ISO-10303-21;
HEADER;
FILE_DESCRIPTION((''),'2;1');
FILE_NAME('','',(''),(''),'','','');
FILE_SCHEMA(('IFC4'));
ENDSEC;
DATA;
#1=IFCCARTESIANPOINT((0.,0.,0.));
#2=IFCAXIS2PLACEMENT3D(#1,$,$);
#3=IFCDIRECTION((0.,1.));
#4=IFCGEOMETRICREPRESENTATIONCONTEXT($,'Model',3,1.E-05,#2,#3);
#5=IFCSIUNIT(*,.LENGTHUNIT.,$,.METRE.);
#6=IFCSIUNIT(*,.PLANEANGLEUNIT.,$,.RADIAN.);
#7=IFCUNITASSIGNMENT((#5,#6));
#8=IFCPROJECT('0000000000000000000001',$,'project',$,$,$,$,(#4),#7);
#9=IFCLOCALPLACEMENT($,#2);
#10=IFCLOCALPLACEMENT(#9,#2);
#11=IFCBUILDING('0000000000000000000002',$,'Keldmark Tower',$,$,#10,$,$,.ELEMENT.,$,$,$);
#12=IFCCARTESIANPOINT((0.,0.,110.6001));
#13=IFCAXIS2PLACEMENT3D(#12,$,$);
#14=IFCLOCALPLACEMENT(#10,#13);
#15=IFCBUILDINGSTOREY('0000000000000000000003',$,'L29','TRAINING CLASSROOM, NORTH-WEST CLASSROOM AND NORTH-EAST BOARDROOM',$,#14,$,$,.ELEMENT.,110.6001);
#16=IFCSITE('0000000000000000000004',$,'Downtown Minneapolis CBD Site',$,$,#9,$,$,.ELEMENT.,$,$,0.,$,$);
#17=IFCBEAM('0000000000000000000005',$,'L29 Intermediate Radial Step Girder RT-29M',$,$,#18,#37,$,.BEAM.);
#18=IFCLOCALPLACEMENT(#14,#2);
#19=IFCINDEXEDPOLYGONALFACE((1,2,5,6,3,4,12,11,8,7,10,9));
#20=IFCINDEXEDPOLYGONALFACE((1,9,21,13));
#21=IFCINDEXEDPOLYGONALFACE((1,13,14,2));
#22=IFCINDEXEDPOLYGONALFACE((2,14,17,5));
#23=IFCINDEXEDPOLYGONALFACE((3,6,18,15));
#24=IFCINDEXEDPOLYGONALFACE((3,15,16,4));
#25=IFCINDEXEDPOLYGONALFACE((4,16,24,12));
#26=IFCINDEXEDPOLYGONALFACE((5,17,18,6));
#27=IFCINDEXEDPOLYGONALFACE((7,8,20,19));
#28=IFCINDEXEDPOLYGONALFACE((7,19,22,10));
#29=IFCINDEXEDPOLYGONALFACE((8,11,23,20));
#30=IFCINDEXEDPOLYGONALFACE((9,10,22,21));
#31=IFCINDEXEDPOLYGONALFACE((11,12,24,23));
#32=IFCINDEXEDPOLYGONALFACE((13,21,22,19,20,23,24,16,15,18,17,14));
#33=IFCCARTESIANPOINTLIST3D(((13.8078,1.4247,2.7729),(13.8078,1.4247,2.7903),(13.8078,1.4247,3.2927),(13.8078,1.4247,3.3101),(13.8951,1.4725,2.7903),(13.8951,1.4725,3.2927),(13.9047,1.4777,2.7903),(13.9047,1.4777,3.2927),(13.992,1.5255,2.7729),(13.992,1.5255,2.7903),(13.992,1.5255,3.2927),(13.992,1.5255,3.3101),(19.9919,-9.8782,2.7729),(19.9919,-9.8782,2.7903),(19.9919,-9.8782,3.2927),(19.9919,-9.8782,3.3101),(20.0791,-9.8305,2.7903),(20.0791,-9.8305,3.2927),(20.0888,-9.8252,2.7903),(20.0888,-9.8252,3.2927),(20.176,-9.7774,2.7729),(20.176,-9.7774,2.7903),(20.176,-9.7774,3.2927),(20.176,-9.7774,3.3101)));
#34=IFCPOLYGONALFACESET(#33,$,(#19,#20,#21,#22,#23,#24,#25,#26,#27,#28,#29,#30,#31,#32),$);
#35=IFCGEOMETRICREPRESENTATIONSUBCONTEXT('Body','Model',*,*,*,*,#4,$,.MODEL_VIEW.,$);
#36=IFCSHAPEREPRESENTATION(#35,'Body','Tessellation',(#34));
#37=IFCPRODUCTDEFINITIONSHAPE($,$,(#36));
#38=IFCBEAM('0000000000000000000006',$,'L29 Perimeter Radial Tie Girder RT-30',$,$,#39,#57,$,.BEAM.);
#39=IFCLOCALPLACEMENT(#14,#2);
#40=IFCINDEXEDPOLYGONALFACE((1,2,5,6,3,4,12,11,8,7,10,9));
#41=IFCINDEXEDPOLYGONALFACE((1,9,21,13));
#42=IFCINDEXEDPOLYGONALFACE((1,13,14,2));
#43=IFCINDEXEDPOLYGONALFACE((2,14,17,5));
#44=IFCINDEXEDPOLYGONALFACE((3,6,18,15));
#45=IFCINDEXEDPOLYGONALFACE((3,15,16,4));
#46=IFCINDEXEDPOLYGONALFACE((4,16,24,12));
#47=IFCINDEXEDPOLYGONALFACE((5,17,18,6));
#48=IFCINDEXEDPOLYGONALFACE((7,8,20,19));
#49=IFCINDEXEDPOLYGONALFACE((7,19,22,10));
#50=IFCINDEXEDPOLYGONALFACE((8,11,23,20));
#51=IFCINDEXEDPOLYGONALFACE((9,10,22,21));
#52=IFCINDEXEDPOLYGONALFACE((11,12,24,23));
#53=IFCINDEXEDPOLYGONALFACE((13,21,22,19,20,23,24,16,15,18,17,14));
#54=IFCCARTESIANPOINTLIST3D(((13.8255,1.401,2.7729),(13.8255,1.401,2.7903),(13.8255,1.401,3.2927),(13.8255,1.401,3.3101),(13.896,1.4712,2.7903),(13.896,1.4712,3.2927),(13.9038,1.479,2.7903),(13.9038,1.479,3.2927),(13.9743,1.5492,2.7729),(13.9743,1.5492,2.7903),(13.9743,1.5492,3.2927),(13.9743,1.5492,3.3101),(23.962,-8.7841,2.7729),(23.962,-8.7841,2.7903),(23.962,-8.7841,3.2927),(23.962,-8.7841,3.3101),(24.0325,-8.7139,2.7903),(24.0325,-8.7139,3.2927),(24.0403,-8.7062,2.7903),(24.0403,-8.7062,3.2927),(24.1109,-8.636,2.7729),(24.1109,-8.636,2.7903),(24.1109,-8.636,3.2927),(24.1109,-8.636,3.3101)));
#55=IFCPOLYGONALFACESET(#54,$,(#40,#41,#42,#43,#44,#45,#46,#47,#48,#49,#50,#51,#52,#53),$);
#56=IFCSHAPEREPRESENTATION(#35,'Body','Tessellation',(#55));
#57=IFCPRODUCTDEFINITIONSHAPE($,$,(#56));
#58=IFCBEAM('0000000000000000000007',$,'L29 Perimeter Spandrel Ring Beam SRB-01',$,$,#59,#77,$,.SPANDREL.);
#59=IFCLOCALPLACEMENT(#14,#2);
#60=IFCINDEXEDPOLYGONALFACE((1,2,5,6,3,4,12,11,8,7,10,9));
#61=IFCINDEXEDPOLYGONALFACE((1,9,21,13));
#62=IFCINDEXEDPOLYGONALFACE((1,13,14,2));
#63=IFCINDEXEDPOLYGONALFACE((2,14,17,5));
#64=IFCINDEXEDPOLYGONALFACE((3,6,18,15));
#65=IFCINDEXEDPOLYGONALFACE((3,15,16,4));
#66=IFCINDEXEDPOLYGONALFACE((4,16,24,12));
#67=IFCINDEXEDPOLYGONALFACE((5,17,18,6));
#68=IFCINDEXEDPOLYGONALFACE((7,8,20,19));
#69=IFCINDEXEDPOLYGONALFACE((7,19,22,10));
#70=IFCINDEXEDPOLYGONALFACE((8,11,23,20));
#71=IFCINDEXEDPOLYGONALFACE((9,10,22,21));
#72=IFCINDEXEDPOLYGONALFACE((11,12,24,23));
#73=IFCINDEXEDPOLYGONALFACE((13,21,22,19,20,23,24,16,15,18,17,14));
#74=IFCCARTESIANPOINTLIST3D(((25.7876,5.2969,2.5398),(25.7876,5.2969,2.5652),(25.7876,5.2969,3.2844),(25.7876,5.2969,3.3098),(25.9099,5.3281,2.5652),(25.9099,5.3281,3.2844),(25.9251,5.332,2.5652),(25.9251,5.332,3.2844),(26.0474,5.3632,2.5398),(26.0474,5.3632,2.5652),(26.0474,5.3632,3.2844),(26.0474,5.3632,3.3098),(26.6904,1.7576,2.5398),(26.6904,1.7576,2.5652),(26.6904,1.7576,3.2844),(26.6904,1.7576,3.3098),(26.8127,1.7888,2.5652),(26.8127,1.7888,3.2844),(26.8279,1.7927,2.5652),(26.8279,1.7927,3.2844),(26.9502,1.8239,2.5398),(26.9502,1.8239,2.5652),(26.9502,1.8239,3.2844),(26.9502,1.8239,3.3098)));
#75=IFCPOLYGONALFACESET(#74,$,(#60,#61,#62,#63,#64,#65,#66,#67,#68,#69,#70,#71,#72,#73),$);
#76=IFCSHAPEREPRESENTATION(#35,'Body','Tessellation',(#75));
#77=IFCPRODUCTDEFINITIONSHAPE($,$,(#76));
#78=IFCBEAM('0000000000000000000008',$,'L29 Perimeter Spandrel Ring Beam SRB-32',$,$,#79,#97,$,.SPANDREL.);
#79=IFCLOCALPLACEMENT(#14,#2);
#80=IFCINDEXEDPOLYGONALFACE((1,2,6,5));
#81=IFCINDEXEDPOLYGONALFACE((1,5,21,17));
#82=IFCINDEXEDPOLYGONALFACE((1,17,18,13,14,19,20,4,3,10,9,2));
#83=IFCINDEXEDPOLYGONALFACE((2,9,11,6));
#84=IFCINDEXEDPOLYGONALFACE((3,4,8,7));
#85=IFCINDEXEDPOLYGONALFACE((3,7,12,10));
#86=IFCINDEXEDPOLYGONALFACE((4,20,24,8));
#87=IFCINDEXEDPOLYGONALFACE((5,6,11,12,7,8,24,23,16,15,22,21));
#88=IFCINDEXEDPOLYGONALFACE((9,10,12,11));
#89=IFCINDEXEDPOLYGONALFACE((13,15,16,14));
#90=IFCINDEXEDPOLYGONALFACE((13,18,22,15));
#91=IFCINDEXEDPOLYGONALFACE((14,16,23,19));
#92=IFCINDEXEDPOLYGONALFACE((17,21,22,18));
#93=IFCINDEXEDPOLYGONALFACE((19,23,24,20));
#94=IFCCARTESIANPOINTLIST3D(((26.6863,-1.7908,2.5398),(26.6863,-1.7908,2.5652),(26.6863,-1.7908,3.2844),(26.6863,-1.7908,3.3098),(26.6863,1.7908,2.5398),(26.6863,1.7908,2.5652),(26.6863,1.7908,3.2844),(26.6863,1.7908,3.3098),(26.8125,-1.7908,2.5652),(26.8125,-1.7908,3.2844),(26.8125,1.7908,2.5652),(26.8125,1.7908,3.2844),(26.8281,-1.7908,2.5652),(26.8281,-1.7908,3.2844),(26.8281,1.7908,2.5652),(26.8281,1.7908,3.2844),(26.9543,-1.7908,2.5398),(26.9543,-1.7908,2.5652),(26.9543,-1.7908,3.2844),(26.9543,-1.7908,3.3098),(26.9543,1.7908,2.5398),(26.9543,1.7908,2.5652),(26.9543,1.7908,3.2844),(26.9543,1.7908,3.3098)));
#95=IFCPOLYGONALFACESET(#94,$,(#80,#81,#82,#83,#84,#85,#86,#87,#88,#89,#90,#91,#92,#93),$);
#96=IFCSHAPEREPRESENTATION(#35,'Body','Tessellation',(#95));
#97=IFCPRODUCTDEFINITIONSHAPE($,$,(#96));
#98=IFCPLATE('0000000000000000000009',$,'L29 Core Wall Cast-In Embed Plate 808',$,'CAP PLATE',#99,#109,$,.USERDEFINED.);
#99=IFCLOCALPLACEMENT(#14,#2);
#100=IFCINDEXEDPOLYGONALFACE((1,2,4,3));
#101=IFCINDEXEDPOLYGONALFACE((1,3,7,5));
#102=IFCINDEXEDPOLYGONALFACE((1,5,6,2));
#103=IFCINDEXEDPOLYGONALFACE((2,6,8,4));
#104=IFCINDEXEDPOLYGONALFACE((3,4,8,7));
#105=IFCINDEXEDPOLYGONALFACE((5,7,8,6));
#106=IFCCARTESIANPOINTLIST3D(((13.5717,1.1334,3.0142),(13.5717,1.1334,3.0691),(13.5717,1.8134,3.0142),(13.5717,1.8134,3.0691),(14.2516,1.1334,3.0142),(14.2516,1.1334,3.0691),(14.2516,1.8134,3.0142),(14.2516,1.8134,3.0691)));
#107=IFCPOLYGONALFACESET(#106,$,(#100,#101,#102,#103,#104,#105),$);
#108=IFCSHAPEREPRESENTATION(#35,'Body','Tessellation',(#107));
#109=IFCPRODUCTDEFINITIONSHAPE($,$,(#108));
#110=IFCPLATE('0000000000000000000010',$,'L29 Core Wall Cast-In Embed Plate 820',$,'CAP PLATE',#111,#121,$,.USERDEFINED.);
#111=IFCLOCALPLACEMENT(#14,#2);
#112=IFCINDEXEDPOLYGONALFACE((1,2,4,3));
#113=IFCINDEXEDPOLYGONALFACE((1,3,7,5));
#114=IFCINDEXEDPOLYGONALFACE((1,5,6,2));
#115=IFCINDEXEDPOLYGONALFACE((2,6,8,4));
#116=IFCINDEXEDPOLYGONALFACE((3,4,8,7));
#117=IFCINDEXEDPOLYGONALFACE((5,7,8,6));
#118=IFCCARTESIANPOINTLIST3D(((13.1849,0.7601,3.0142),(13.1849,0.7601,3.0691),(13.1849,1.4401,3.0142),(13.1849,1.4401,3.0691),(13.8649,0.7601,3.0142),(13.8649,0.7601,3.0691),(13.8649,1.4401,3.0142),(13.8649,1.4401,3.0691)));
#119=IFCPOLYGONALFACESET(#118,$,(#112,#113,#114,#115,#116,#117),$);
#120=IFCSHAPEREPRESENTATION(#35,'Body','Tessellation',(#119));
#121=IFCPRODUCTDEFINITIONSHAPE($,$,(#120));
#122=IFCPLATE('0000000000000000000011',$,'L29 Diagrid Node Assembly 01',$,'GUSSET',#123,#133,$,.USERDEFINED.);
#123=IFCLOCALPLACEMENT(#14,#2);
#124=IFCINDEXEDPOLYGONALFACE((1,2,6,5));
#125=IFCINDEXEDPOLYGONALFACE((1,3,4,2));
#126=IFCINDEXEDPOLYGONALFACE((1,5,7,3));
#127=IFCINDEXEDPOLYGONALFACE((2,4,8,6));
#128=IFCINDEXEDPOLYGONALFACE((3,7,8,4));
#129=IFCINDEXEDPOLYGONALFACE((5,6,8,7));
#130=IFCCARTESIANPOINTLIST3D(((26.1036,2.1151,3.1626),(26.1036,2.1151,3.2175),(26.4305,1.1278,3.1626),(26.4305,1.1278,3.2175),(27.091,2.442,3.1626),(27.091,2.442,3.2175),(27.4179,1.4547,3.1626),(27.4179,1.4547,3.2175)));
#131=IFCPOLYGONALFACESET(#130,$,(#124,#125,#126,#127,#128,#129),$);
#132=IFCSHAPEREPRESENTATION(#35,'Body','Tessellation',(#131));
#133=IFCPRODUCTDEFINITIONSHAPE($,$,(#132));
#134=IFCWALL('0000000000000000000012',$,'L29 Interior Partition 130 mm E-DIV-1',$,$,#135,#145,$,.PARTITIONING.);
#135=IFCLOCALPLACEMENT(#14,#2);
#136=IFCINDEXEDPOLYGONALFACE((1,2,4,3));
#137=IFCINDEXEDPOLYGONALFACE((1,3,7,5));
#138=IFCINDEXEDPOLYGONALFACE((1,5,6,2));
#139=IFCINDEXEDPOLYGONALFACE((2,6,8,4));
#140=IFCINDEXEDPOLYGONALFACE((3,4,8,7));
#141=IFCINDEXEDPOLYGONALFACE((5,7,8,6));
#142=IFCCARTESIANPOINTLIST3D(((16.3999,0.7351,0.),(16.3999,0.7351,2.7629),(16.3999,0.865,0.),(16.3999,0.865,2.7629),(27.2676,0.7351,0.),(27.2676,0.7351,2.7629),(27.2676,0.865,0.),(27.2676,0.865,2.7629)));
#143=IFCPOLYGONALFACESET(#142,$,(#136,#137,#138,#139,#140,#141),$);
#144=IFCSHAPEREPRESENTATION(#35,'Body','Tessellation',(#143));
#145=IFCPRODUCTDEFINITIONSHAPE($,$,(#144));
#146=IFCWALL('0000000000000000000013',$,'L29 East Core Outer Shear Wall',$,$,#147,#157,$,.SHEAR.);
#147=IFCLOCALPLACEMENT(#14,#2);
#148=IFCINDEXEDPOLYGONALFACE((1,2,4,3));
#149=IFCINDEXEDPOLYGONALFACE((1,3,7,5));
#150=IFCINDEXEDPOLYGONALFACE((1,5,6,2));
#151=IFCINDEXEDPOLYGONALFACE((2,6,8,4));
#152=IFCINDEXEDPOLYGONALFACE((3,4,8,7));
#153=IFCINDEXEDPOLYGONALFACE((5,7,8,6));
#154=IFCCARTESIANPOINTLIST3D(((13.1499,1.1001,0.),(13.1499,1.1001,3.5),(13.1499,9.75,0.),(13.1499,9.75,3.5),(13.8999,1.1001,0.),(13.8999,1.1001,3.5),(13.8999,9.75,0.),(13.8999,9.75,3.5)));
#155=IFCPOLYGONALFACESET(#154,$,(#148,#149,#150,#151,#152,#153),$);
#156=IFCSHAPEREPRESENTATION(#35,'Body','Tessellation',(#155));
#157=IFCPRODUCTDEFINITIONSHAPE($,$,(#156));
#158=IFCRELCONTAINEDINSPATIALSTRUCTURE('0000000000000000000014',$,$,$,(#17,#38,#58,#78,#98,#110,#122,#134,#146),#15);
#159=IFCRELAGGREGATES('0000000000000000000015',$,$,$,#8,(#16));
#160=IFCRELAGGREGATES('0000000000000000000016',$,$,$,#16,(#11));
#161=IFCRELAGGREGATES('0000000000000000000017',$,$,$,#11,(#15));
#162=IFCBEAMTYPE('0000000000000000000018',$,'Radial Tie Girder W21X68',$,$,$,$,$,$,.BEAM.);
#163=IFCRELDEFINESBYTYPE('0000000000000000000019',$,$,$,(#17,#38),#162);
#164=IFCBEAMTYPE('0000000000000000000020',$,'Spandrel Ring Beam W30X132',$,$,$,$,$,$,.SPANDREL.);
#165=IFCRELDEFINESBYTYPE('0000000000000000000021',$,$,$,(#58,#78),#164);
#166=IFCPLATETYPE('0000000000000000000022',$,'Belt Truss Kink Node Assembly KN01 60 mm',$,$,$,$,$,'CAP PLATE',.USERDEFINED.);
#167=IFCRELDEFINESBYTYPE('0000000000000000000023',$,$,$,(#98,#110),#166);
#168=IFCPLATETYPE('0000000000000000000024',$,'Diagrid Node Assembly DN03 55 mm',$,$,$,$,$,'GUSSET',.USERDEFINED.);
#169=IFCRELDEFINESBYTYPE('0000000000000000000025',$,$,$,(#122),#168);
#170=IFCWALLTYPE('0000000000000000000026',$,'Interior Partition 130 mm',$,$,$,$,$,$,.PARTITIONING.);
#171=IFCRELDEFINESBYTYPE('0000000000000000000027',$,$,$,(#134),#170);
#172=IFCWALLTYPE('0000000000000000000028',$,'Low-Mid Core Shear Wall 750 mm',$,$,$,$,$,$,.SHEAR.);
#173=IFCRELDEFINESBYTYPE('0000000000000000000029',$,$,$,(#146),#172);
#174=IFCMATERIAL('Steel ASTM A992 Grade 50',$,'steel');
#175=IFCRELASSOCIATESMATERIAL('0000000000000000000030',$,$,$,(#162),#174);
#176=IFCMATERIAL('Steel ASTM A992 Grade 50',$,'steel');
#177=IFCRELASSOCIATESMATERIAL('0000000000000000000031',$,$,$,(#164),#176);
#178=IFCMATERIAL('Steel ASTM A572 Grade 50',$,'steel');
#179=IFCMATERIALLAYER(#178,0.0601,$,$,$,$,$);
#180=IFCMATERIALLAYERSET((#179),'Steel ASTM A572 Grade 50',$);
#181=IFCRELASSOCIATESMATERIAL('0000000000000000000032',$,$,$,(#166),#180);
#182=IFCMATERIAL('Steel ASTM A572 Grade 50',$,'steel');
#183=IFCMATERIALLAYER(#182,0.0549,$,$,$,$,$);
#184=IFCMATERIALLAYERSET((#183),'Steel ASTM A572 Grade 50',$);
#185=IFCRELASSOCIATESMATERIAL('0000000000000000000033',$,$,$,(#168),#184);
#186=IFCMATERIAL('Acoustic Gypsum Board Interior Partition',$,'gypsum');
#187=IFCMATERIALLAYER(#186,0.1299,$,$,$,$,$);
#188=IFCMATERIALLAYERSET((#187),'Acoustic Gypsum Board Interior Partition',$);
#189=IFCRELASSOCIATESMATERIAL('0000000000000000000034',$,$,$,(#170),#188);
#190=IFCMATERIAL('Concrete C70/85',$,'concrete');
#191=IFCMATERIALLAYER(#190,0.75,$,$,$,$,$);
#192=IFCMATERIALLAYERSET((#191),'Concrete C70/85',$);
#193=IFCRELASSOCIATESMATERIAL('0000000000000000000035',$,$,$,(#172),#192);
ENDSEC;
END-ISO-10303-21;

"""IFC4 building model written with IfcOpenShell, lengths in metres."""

from ifc_helpers import new_model, si_unit, direction, frame, frame_2d, origin, origin_2d, place, context, subcontext, project, spatial, rectangle, i_section, extrude, material, layer, layer_set, material_profile, profile_set, type_object, element, save


model = new_model("IFC4")

# Units and contexts
model_context = context("Model", 3, precision=1e-05, world=origin(), true_north=direction((0.0, 1.0)))
body_context = subcontext(model_context, "Body", "Model", "MODEL_VIEW")
ifc_project = project(units=[si_unit("LENGTHUNIT", "METRE"), si_unit("PLANEANGLEUNIT", "RADIAN")], contexts=[model_context])

# Site, building, storey
site_placement = place(None, origin())
site = spatial("IfcSite", under=ifc_project, at=site_placement, Name="Downtown Minneapolis CBD Site", CompositionType="ELEMENT", RefElevation=0.0)
building_placement = place(site_placement, origin())
building = spatial("IfcBuilding", under=site, at=building_placement, Name="Keldmark Tower", CompositionType="ELEMENT")
storey_placement = place(building_placement, frame((0.0, 0.0, 110.6001)))
storey = spatial("IfcBuildingStorey", under=building, at=storey_placement, Name="L29", Description="TRAINING CLASSROOM, NORTH-WEST CLASSROOM AND NORTH-EAST BOARDROOM", CompositionType="ELEMENT", Elevation=110.6001)

# Beams
ifc_material_1 = material(Name="Steel ASTM A992 Grade 50", Category="steel")
ifc_material_profile_1 = material_profile(ifc_material_1, i_section(OverallWidth=0.21, OverallDepth=0.5371, WebThickness=0.011, FlangeThickness=0.0173, at=origin_2d()), Name="W21X68")
ifc_profile_set_1 = profile_set([ifc_material_profile_1], Name="Steel ASTM A992 Grade 50")
beam_type_1 = type_object("IfcBeamType", Name="Radial Tie Girder W21X68", PredefinedType="BEAM", material=ifc_profile_set_1)
beam_1_placement = place(storey_placement, frame((13.8999, 1.4751, 3.0415), z_axis=(0.479978, -0.877281, 0.0), x_axis=(0.877281, 0.479978, 0.0)))
element("IfcBeam", 1, at=beam_1_placement, inside=storey, type_object=beam_type_1, Name="L29 Intermediate Radial Step Girder RT-29M", PredefinedType="BEAM", context=body_context, shape_type="SweptSolid", body=[
    extrude(i_section(OverallWidth=0.21, OverallDepth=0.5371, WebThickness=0.011, FlangeThickness=0.0173, at=origin_2d()), origin(), (0.0, 0.0, 1.0), 12.884),
])
beam_2_placement = place(storey_placement, frame((13.8999, 1.4751, 3.0415), z_axis=(0.705414, -0.708795, 0.0), x_axis=(0.708795, 0.705414, 0.0)))
element("IfcBeam", 2, at=beam_2_placement, inside=storey, type_object=beam_type_1, Name="L29 Perimeter Radial Tie Girder RT-30", PredefinedType="BEAM", context=body_context, shape_type="SweptSolid", body=[
    extrude(i_section(OverallWidth=0.21, OverallDepth=0.5371, WebThickness=0.011, FlangeThickness=0.0173, at=origin_2d()), origin(), (0.0, 0.0, 1.0), 14.3696),
])
ifc_material_2 = material(Name="Steel ASTM A992 Grade 50", Category="steel")
ifc_material_profile_2 = material_profile(ifc_material_2, i_section(OverallWidth=0.2681, OverallDepth=0.77, WebThickness=0.0156, FlangeThickness=0.0254, at=origin_2d()), Name="W30X132")
ifc_profile_set_2 = profile_set([ifc_material_profile_2], Name="Steel ASTM A992 Grade 50")
beam_type_2 = type_object("IfcBeamType", Name="Spandrel Ring Beam W30X132", PredefinedType="SPANDREL", material=ifc_profile_set_2)
beam_3_placement = place(storey_placement, frame((26.8203, 1.7908, 2.9248), z_axis=(-0.247172, 0.968972, 0.0), x_axis=(-0.968972, -0.247172, 0.0)))
element("IfcBeam", 3, at=beam_3_placement, inside=storey, type_object=beam_type_2, Name="L29 Perimeter Spandrel Ring Beam SRB-01", PredefinedType="SPANDREL", context=body_context, shape_type="SweptSolid", body=[
    extrude(i_section(OverallWidth=0.2681, OverallDepth=0.77, WebThickness=0.0156, FlangeThickness=0.0254, at=origin_2d()), origin(), (0.0, 0.0, 1.0), 3.6526),
])
beam_4_placement = place(storey_placement, frame((26.8203, -1.7908, 2.9248), z_axis=(0.0, 1.0, 0.0), x_axis=(-1.0, 0.0, 0.0)))
element("IfcBeam", 4, at=beam_4_placement, inside=storey, type_object=beam_type_2, Name="L29 Perimeter Spandrel Ring Beam SRB-32", PredefinedType="SPANDREL", context=body_context, shape_type="SweptSolid", body=[
    extrude(i_section(OverallWidth=0.2681, OverallDepth=0.77, WebThickness=0.0156, FlangeThickness=0.0254, at=origin_2d()), origin(), (0.0, 0.0, 1.0), 3.5815),
])

# Plates
ifc_material_3 = material(Name="Steel ASTM A572 Grade 50", Category="steel")
ifc_layer_1 = layer(ifc_material_3, 0.0601)
ifc_layer_set_1 = layer_set([ifc_layer_1], Name="Steel ASTM A572 Grade 50")
plate_type_1 = type_object("IfcPlateType", Name="Belt Truss Kink Node Assembly KN01 60 mm", ElementType="CAP PLATE", PredefinedType="USERDEFINED", material=ifc_layer_set_1)
for number, where, z_axis, x_axis, name in (
    (5, (13.9116, 1.4734, 3.0142), (0.0, 0.0, 1.0), (1.0, 0.0, 0.0), "L29 Core Wall Cast-In Embed Plate 808"),
    (6, (13.5249, 1.1001, 3.0142), (0.0, 0.0, 1.0), (1.0, 0.0, 0.0), "L29 Core Wall Cast-In Embed Plate 820"),
):
    element("IfcPlate", number, at=place(storey_placement, frame(where, z_axis=z_axis, x_axis=x_axis)), inside=storey, type_object=plate_type_1, Name=name, ObjectType="CAP PLATE", PredefinedType="USERDEFINED", context=body_context, shape_type="SweptSolid", body=[
        extrude(rectangle(XDim=0.6799, YDim=0.6799, at=origin_2d()), origin(), (0.0, 0.0, 1.0), 0.0549),
    ])
ifc_material_4 = material(Name="Steel ASTM A572 Grade 50", Category="steel")
ifc_layer_2 = layer(ifc_material_4, 0.0549)
ifc_layer_set_2 = layer_set([ifc_layer_2], Name="Steel ASTM A572 Grade 50")
plate_type_2 = type_object("IfcPlateType", Name="Diagrid Node Assembly DN03 55 mm", ElementType="GUSSET", PredefinedType="USERDEFINED", material=ifc_layer_set_2)
plate_placement = place(storey_placement, frame((26.7607, 1.7849, 3.1626), z_axis=(0.0, 0.0, 1.0), x_axis=(-0.314324, 0.949316, 0.0)))
element("IfcPlate", 7, at=plate_placement, inside=storey, type_object=plate_type_2, Name="L29 Diagrid Node Assembly 01", ObjectType="GUSSET", PredefinedType="USERDEFINED", context=body_context, shape_type="SweptSolid", body=[
    extrude(rectangle(XDim=1.04, YDim=1.04, at=origin_2d()), origin(), (0.0, 0.0, 1.0), 0.0549),
])

# Walls
ifc_material_5 = material(Name="Acoustic Gypsum Board Interior Partition", Category="gypsum")
ifc_layer_3 = layer(ifc_material_5, 0.1299)
ifc_layer_set_3 = layer_set([ifc_layer_3], Name="Acoustic Gypsum Board Interior Partition")
wall_type_1 = type_object("IfcWallType", Name="Interior Partition 130 mm", PredefinedType="PARTITIONING", material=ifc_layer_set_3)
wall_1_placement = place(storey_placement, frame((16.3999, 0.8, 0.0), z_axis=(0.0, 0.0, 1.0), x_axis=(1.0, 0.0, 0.0)))
element("IfcWall", 8, at=wall_1_placement, inside=storey, type_object=wall_type_1, Name="L29 Interior Partition 130 mm E-DIV-1", PredefinedType="PARTITIONING", context=body_context, shape_type="SweptSolid", body=[
    extrude(rectangle(XDim=10.8677, YDim=0.1299, at=frame_2d((5.4338, 0.0))), origin(), (0.0, 0.0, 1.0), 2.7629),
])
ifc_material_6 = material(Name="Concrete C70/85", Category="concrete")
ifc_layer_4 = layer(ifc_material_6, 0.75)
ifc_layer_set_4 = layer_set([ifc_layer_4], Name="Concrete C70/85")
wall_type_2 = type_object("IfcWallType", Name="Low-Mid Core Shear Wall 750 mm", PredefinedType="SHEAR", material=ifc_layer_set_4)
wall_2_placement = place(storey_placement, frame((13.5249, 1.1001, 0.0), z_axis=(0.0, 0.0, 1.0), x_axis=(0.0, 1.0, 0.0)))
element("IfcWall", 9, at=wall_2_placement, inside=storey, type_object=wall_type_2, Name="L29 East Core Outer Shear Wall", PredefinedType="SHEAR", context=body_context, shape_type="SweptSolid", body=[
    extrude(rectangle(XDim=8.6499, YDim=0.75, at=frame_2d((4.325, 0.0))), origin(), (0.0, 0.0, 1.0), 3.5),
])

save(model, "model.ifc")
